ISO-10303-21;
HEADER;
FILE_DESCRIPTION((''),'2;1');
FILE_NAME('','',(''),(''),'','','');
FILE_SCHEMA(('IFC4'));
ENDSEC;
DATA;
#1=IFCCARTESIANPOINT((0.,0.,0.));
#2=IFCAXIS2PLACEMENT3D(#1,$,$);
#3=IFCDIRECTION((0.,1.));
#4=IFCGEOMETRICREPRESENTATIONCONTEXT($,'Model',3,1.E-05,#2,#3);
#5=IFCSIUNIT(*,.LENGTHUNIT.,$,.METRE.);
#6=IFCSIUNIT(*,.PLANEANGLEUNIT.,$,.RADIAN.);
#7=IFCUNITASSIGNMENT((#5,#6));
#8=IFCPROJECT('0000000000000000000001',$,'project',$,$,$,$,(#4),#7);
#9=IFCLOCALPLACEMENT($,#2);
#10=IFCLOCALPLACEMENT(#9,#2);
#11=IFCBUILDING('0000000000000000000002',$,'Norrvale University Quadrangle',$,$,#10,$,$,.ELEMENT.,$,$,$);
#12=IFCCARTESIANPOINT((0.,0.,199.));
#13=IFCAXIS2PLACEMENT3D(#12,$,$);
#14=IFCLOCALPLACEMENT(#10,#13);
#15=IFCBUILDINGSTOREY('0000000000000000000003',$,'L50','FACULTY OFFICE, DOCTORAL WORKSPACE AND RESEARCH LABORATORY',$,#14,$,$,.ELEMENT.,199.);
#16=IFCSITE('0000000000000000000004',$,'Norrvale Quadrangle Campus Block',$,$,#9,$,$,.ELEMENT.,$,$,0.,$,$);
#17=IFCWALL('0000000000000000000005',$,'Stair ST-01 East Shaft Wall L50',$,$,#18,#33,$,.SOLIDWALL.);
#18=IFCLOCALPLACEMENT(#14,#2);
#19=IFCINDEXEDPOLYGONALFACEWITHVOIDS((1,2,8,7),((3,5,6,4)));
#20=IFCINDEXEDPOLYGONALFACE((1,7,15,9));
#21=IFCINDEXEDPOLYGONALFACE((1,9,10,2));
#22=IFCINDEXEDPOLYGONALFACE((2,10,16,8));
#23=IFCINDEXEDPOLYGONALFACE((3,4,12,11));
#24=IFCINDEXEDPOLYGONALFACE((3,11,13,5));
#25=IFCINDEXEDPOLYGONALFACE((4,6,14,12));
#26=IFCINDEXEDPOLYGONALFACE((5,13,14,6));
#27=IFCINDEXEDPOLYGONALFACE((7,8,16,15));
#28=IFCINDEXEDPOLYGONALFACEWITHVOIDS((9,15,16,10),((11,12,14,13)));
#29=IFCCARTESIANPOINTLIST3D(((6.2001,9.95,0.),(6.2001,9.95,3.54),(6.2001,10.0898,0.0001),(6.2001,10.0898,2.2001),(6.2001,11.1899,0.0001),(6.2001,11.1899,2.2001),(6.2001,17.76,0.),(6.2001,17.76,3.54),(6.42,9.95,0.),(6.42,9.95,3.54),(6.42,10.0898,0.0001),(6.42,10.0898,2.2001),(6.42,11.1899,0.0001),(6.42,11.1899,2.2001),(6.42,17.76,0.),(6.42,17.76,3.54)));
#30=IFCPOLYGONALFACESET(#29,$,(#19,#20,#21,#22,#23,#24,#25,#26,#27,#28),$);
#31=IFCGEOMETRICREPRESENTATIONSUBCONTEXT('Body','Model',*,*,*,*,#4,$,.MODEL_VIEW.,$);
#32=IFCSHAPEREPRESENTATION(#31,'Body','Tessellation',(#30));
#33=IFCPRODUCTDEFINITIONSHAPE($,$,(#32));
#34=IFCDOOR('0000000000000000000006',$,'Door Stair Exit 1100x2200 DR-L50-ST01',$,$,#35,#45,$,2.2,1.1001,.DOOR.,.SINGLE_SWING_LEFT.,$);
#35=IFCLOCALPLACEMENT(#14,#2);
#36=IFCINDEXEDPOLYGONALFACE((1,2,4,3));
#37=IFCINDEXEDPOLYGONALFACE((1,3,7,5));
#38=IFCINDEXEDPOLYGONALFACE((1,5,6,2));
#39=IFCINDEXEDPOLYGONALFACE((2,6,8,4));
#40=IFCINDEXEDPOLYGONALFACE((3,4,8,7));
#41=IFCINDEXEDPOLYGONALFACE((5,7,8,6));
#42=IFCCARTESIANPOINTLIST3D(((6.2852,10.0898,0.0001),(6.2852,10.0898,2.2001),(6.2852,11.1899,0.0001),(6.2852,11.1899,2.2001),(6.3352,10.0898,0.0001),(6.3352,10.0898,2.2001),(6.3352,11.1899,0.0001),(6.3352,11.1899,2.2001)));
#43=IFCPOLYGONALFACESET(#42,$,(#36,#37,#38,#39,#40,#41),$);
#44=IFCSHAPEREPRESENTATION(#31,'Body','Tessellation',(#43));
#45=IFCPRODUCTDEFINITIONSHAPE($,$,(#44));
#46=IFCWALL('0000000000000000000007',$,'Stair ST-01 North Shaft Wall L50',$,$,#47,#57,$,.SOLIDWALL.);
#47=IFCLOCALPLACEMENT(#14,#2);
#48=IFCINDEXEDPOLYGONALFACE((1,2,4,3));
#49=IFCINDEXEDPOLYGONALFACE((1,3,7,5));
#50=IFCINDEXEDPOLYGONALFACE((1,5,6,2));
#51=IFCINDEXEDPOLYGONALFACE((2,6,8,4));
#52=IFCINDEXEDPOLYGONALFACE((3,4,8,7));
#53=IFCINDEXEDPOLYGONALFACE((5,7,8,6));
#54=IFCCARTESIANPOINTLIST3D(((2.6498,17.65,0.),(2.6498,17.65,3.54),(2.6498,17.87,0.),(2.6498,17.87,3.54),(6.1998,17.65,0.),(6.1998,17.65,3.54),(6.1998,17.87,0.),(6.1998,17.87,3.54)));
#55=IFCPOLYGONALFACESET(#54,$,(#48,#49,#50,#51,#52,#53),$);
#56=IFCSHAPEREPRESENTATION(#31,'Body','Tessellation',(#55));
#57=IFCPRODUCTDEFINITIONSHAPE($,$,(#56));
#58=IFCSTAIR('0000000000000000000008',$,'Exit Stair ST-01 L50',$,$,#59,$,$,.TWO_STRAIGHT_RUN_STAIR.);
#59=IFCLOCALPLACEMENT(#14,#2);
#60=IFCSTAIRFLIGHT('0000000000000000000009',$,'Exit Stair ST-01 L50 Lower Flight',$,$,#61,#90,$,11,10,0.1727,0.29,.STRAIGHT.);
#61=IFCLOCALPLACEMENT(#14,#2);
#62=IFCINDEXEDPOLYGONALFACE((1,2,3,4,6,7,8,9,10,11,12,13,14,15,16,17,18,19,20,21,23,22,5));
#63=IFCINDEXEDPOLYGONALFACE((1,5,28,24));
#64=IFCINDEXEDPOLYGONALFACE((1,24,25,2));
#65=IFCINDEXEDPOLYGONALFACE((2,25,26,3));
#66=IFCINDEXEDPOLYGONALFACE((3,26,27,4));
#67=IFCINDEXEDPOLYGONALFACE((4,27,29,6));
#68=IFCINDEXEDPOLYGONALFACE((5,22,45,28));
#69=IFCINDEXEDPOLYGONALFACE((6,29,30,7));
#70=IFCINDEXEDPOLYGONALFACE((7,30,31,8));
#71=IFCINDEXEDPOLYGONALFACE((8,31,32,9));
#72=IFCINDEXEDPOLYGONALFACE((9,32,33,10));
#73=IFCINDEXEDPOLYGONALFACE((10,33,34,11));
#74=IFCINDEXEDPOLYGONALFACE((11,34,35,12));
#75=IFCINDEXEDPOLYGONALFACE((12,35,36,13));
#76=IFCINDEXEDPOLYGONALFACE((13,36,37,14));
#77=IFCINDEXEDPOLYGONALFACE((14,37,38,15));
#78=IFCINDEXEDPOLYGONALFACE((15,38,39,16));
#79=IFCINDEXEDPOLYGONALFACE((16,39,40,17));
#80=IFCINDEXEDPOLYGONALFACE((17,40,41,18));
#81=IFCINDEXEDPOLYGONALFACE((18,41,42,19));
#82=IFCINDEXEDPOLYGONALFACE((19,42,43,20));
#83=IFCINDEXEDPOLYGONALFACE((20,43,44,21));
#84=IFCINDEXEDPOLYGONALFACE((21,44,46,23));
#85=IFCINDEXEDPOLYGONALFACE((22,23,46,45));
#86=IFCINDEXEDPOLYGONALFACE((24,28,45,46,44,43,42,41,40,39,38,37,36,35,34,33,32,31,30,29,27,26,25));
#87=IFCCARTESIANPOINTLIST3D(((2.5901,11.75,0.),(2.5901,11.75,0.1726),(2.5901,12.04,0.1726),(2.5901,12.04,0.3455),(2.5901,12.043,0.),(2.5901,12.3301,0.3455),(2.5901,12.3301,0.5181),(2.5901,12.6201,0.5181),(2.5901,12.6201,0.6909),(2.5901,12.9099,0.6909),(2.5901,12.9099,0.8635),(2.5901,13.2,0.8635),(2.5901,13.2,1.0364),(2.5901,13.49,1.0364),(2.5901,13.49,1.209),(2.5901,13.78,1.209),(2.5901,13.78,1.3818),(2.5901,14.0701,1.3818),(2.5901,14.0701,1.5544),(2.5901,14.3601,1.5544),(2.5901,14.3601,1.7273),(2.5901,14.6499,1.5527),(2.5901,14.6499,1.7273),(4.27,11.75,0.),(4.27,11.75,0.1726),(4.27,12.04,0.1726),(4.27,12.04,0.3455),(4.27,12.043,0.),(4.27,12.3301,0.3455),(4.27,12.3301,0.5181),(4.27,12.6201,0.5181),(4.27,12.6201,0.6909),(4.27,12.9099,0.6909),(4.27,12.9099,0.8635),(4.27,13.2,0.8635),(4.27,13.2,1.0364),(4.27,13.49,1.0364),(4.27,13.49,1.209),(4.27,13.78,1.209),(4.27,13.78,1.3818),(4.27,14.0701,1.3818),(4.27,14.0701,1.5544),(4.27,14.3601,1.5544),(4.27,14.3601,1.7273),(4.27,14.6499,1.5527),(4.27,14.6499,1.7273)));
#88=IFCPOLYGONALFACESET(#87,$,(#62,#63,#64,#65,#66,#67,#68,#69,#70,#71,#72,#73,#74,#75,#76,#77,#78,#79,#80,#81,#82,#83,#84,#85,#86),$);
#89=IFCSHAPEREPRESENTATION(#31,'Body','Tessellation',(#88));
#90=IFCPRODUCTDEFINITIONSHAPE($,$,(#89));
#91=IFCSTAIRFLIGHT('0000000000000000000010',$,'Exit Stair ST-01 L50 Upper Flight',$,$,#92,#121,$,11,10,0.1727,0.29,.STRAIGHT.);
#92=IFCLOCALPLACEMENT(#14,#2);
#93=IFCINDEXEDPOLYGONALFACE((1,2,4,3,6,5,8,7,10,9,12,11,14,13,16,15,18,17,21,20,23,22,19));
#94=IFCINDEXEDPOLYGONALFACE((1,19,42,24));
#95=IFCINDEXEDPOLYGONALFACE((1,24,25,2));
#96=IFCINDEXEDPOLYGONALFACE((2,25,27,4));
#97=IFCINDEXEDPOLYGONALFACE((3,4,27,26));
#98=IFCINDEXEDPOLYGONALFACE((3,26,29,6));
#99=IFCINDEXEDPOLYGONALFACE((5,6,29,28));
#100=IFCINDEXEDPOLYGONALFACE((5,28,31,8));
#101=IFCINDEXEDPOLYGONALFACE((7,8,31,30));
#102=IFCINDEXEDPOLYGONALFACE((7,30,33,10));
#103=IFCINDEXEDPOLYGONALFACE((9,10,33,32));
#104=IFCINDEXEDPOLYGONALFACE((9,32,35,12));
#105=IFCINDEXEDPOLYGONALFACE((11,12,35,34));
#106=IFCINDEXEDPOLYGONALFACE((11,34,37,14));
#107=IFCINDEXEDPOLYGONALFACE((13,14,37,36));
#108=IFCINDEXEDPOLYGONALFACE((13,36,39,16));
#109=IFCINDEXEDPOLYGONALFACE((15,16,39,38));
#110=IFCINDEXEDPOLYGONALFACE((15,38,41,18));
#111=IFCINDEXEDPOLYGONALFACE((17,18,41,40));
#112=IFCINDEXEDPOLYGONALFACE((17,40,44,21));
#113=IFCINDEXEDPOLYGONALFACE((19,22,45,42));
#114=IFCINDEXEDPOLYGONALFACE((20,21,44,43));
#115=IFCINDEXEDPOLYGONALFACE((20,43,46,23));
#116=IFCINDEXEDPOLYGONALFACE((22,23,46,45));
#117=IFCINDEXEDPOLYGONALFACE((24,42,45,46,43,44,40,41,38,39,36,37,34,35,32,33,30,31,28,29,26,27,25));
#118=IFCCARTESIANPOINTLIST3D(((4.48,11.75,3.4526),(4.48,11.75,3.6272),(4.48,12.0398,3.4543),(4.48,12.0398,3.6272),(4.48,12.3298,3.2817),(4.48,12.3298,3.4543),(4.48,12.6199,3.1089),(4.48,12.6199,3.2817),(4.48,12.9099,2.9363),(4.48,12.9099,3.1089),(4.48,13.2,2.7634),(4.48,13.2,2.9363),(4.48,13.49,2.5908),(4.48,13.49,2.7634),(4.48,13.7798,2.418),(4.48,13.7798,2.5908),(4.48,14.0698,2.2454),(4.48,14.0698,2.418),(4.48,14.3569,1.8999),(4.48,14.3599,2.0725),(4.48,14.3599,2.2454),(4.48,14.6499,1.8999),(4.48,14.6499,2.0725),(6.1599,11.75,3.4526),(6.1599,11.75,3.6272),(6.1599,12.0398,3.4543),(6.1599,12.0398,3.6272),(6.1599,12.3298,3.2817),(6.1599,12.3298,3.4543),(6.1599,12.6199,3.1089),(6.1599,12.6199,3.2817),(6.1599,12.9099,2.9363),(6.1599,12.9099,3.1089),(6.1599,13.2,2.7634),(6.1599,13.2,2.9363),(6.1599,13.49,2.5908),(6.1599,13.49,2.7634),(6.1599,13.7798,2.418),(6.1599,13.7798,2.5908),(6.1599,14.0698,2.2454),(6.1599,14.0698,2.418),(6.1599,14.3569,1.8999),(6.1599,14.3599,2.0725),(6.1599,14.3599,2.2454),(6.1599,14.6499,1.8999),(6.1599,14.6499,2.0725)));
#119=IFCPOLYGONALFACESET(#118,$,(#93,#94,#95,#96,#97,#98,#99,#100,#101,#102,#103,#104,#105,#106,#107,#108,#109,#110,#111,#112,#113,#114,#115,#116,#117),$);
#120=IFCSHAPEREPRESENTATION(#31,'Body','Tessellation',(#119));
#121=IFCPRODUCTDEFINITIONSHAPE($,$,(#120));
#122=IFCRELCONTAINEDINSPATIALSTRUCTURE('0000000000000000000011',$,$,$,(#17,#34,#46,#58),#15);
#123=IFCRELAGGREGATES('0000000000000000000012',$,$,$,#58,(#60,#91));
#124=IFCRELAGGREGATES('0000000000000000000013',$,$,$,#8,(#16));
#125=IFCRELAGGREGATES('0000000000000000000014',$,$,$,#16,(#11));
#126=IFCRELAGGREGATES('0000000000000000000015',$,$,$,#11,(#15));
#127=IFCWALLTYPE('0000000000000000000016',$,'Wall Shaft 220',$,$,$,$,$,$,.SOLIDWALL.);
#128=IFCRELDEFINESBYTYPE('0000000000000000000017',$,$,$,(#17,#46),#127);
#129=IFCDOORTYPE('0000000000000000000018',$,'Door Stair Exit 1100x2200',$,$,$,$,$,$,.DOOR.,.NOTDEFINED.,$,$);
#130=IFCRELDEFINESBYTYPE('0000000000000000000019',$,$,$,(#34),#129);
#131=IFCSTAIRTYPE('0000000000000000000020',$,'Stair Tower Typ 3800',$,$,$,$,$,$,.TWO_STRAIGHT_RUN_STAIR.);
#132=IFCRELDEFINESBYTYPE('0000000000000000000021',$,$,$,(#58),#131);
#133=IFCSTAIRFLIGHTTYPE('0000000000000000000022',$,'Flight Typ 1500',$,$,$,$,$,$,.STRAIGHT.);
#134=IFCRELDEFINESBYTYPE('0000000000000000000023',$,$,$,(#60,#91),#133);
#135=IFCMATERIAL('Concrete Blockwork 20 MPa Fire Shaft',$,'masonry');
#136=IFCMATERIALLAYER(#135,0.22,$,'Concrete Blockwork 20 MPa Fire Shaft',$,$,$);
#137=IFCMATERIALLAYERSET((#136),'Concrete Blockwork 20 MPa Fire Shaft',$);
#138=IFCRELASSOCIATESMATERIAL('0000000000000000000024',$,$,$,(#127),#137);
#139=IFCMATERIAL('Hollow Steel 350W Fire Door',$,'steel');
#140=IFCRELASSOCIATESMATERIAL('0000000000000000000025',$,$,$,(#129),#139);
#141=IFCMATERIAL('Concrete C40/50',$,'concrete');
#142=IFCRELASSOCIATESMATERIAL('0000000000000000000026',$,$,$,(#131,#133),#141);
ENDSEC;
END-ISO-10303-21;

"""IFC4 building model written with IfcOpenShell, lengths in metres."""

from ifc_helpers import new_model, si_unit, direction, frame, frame_2d, origin, place, context, subcontext, project, spatial, polyline, rectangle, outline, extrude, material, layer, layer_set, type_object, element, fill, aggregate, save


model = new_model("IFC4")

# Units and contexts
model_context = context("Model", 3, precision=1e-05, world=origin(), true_north=direction((0.0, 1.0)))
body_context = subcontext(model_context, "Body", "Model", "MODEL_VIEW")
ifc_project = project(units=[si_unit("LENGTHUNIT", "METRE"), si_unit("PLANEANGLEUNIT", "RADIAN")], contexts=[model_context])

# Site, building, storey
site_placement = place(None, origin())
site = spatial("IfcSite", under=ifc_project, at=site_placement, Name="Norrvale Quadrangle Campus Block", CompositionType="ELEMENT", RefElevation=0.0)
building_placement = place(site_placement, origin())
building = spatial("IfcBuilding", under=site, at=building_placement, Name="Norrvale University Quadrangle", CompositionType="ELEMENT")
storey_placement = place(building_placement, frame((0.0, 0.0, 199.0)))
storey = spatial("IfcBuildingStorey", under=building, at=storey_placement, Name="L50", Description="FACULTY OFFICE, DOCTORAL WORKSPACE AND RESEARCH LABORATORY", CompositionType="ELEMENT", Elevation=199.0)

# Wall, opening, door
ifc_material_1 = material(Name="Concrete Blockwork 20 MPa Fire Shaft", Category="masonry")
ifc_layer_1 = layer(ifc_material_1, 0.22, Name="Concrete Blockwork 20 MPa Fire Shaft")
ifc_layer_set_1 = layer_set([ifc_layer_1], Name="Concrete Blockwork 20 MPa Fire Shaft")
wall_type_1 = type_object("IfcWallType", Name="Wall Shaft 220", PredefinedType="SOLIDWALL", material=ifc_layer_set_1)
wall_1_placement = place(storey_placement, frame((6.3101, 9.95, 0.0), z_axis=(0.0, 0.0, 1.0), x_axis=(0.0, 1.0, 0.0)))
wall_1 = element("IfcWall", 1, at=wall_1_placement, inside=storey, type_object=wall_type_1, Name="Stair ST-01 East Shaft Wall L50", PredefinedType="SOLIDWALL", context=body_context, shape_type="SweptSolid", body=[
    extrude(rectangle(XDim=7.8101, YDim=0.22, at=frame_2d((3.905, 0.0))), origin(), (0.0, 0.0, 1.0), 3.54),
])
opening_1_placement = place(wall_1_placement, frame((0.1399, 0.0, 0.0)))
opening_1 = element("IfcOpeningElement", 2, at=opening_1_placement, cuts=wall_1, PredefinedType="OPENING", context=body_context, shape_type="SweptSolid", body=[
    extrude(rectangle(XDim=1.1001, YDim=2.2, at=frame_2d((0.55, 1.1001))), frame((0.0, 0.1221, 0.0), z_axis=(0.0, -1.0, 0.0), x_axis=(1.0, 0.0, 0.0)), (0.0, 0.0, 1.0), 0.2439),
])
ifc_material_2 = material(Name="Hollow Steel 350W Fire Door", Category="steel")
door_type_1 = type_object("IfcDoorType", Name="Door Stair Exit 1100x2200", OperationType="NOTDEFINED", PredefinedType="DOOR", material=ifc_material_2)
door_1_placement = place(opening_1_placement, origin())
door_1 = element("IfcDoor", 3, at=door_1_placement, inside=storey, type_object=door_type_1, Name="Door Stair Exit 1100x2200 DR-L50-ST01", OperationType="SINGLE_SWING_LEFT", OverallHeight=2.2, OverallWidth=1.1001, PredefinedType="DOOR", context=body_context, shape_type="SweptSolid", body=[
    extrude(rectangle(XDim=1.1001, YDim=2.2, at=frame_2d((0.55, 1.1001))), frame((0.0, 0.0249, 0.0), z_axis=(0.0, -1.0, 0.0), x_axis=(1.0, 0.0, 0.0)), (0.0, 0.0, 1.0), 0.05),
])
fill(opening_1, door_1)

# Wall
wall_2_placement = place(storey_placement, frame((2.6499, 17.76, 0.0), z_axis=(0.0, 0.0, 1.0), x_axis=(1.0, 0.0, 0.0)))
element("IfcWall", 4, at=wall_2_placement, inside=storey, type_object=wall_type_1, Name="Stair ST-01 North Shaft Wall L50", PredefinedType="SOLIDWALL", context=body_context, shape_type="SweptSolid", body=[
    extrude(rectangle(XDim=3.55, YDim=0.22, at=frame_2d((1.7749, 0.0))), origin(), (0.0, 0.0, 1.0), 3.54),
])

# Stair, stair flights
ifc_material_3 = material(Name="Concrete C40/50", Category="concrete")
stair_type = type_object("IfcStairType", Name="Stair Tower Typ 3800", PredefinedType="TWO_STRAIGHT_RUN_STAIR", material=ifc_material_3)
stair_placement = place(storey_placement, origin())
stair = element("IfcStair", 5, at=stair_placement, inside=storey, type_object=stair_type, Name="Exit Stair ST-01 L50", PredefinedType="TWO_STRAIGHT_RUN_STAIR")
stair_flight_type = type_object("IfcStairFlightType", Name="Flight Typ 1500", PredefinedType="STRAIGHT", material=ifc_material_3)
stair_flight_1_placement = place(storey_placement, frame((3.4299, 11.75, 0.0), z_axis=(0.0, 0.0, 1.0), x_axis=(0.0, 1.0, 0.0)))
stair_flight_1 = element("IfcStairFlight", 6, at=stair_flight_1_placement, type_object=stair_flight_type, Name="Exit Stair ST-01 L50 Lower Flight", NumberOfRisers=11, NumberOfTreads=10, PredefinedType="STRAIGHT", RiserHeight=0.1727, TreadLength=0.29, context=body_context, shape_type="SweptSolid", body=[
    extrude(outline(polyline([(0.0, 0.0), (0.0, 0.1726), (0.29, 0.1726), (0.29, 0.3455), (0.5801, 0.3455), (0.5801, 0.5181), (0.8701, 0.5181), (0.8701, 0.6909), (1.1599, 0.6909), (1.1599, 0.8635), (1.45, 0.8635), (1.45, 1.0364), (1.74, 1.0364), (1.74, 1.209), (2.03, 1.209), (2.03, 1.3818), (2.3201, 1.3818), (2.3201, 1.5544), (2.6101, 1.5544), (2.6101, 1.7273), (2.8999, 1.7273), (2.8999, 1.8999), (2.8999, 1.5527), (0.293, 0.0), (0.0, 0.0)])), frame((0.0, 0.8398, 0.0), z_axis=(0.0, -1.0, 0.0), x_axis=(1.0, 0.0, 0.0)), (0.0, 0.0, 1.0), 1.6799),
])
stair_flight_2_placement = place(storey_placement, frame((5.3201, 14.6499, 1.8999), z_axis=(0.0, 0.0, 1.0), x_axis=(0.0, -1.0, 0.0)))
stair_flight_2 = element("IfcStairFlight", 7, at=stair_flight_2_placement, type_object=stair_flight_type, Name="Exit Stair ST-01 L50 Upper Flight", NumberOfRisers=11, NumberOfTreads=10, PredefinedType="STRAIGHT", RiserHeight=0.1727, TreadLength=0.29, context=body_context, shape_type="SweptSolid", body=[
    extrude(outline(polyline([(0.0, 0.0), (0.0, 0.1726), (0.29, 0.1726), (0.29, 0.3455), (0.5801, 0.3455), (0.5801, 0.5181), (0.8701, 0.5181), (0.8701, 0.6909), (1.1599, 0.6909), (1.1599, 0.8635), (1.45, 0.8635), (1.45, 1.0364), (1.74, 1.0364), (1.74, 1.209), (2.03, 1.209), (2.03, 1.3818), (2.3201, 1.3818), (2.3201, 1.5544), (2.6101, 1.5544), (2.6101, 1.7273), (2.8999, 1.7273), (2.8999, 1.8999), (2.8999, 1.5527), (0.293, 0.0), (0.0, 0.0)])), frame((0.0, 0.8398, 0.0), z_axis=(0.0, -1.0, 0.0), x_axis=(1.0, 0.0, 0.0)), (0.0, 0.0, 1.0), 1.6799),
])
aggregate(stair, [stair_flight_1, stair_flight_2])

save(model, "model.ifc")
